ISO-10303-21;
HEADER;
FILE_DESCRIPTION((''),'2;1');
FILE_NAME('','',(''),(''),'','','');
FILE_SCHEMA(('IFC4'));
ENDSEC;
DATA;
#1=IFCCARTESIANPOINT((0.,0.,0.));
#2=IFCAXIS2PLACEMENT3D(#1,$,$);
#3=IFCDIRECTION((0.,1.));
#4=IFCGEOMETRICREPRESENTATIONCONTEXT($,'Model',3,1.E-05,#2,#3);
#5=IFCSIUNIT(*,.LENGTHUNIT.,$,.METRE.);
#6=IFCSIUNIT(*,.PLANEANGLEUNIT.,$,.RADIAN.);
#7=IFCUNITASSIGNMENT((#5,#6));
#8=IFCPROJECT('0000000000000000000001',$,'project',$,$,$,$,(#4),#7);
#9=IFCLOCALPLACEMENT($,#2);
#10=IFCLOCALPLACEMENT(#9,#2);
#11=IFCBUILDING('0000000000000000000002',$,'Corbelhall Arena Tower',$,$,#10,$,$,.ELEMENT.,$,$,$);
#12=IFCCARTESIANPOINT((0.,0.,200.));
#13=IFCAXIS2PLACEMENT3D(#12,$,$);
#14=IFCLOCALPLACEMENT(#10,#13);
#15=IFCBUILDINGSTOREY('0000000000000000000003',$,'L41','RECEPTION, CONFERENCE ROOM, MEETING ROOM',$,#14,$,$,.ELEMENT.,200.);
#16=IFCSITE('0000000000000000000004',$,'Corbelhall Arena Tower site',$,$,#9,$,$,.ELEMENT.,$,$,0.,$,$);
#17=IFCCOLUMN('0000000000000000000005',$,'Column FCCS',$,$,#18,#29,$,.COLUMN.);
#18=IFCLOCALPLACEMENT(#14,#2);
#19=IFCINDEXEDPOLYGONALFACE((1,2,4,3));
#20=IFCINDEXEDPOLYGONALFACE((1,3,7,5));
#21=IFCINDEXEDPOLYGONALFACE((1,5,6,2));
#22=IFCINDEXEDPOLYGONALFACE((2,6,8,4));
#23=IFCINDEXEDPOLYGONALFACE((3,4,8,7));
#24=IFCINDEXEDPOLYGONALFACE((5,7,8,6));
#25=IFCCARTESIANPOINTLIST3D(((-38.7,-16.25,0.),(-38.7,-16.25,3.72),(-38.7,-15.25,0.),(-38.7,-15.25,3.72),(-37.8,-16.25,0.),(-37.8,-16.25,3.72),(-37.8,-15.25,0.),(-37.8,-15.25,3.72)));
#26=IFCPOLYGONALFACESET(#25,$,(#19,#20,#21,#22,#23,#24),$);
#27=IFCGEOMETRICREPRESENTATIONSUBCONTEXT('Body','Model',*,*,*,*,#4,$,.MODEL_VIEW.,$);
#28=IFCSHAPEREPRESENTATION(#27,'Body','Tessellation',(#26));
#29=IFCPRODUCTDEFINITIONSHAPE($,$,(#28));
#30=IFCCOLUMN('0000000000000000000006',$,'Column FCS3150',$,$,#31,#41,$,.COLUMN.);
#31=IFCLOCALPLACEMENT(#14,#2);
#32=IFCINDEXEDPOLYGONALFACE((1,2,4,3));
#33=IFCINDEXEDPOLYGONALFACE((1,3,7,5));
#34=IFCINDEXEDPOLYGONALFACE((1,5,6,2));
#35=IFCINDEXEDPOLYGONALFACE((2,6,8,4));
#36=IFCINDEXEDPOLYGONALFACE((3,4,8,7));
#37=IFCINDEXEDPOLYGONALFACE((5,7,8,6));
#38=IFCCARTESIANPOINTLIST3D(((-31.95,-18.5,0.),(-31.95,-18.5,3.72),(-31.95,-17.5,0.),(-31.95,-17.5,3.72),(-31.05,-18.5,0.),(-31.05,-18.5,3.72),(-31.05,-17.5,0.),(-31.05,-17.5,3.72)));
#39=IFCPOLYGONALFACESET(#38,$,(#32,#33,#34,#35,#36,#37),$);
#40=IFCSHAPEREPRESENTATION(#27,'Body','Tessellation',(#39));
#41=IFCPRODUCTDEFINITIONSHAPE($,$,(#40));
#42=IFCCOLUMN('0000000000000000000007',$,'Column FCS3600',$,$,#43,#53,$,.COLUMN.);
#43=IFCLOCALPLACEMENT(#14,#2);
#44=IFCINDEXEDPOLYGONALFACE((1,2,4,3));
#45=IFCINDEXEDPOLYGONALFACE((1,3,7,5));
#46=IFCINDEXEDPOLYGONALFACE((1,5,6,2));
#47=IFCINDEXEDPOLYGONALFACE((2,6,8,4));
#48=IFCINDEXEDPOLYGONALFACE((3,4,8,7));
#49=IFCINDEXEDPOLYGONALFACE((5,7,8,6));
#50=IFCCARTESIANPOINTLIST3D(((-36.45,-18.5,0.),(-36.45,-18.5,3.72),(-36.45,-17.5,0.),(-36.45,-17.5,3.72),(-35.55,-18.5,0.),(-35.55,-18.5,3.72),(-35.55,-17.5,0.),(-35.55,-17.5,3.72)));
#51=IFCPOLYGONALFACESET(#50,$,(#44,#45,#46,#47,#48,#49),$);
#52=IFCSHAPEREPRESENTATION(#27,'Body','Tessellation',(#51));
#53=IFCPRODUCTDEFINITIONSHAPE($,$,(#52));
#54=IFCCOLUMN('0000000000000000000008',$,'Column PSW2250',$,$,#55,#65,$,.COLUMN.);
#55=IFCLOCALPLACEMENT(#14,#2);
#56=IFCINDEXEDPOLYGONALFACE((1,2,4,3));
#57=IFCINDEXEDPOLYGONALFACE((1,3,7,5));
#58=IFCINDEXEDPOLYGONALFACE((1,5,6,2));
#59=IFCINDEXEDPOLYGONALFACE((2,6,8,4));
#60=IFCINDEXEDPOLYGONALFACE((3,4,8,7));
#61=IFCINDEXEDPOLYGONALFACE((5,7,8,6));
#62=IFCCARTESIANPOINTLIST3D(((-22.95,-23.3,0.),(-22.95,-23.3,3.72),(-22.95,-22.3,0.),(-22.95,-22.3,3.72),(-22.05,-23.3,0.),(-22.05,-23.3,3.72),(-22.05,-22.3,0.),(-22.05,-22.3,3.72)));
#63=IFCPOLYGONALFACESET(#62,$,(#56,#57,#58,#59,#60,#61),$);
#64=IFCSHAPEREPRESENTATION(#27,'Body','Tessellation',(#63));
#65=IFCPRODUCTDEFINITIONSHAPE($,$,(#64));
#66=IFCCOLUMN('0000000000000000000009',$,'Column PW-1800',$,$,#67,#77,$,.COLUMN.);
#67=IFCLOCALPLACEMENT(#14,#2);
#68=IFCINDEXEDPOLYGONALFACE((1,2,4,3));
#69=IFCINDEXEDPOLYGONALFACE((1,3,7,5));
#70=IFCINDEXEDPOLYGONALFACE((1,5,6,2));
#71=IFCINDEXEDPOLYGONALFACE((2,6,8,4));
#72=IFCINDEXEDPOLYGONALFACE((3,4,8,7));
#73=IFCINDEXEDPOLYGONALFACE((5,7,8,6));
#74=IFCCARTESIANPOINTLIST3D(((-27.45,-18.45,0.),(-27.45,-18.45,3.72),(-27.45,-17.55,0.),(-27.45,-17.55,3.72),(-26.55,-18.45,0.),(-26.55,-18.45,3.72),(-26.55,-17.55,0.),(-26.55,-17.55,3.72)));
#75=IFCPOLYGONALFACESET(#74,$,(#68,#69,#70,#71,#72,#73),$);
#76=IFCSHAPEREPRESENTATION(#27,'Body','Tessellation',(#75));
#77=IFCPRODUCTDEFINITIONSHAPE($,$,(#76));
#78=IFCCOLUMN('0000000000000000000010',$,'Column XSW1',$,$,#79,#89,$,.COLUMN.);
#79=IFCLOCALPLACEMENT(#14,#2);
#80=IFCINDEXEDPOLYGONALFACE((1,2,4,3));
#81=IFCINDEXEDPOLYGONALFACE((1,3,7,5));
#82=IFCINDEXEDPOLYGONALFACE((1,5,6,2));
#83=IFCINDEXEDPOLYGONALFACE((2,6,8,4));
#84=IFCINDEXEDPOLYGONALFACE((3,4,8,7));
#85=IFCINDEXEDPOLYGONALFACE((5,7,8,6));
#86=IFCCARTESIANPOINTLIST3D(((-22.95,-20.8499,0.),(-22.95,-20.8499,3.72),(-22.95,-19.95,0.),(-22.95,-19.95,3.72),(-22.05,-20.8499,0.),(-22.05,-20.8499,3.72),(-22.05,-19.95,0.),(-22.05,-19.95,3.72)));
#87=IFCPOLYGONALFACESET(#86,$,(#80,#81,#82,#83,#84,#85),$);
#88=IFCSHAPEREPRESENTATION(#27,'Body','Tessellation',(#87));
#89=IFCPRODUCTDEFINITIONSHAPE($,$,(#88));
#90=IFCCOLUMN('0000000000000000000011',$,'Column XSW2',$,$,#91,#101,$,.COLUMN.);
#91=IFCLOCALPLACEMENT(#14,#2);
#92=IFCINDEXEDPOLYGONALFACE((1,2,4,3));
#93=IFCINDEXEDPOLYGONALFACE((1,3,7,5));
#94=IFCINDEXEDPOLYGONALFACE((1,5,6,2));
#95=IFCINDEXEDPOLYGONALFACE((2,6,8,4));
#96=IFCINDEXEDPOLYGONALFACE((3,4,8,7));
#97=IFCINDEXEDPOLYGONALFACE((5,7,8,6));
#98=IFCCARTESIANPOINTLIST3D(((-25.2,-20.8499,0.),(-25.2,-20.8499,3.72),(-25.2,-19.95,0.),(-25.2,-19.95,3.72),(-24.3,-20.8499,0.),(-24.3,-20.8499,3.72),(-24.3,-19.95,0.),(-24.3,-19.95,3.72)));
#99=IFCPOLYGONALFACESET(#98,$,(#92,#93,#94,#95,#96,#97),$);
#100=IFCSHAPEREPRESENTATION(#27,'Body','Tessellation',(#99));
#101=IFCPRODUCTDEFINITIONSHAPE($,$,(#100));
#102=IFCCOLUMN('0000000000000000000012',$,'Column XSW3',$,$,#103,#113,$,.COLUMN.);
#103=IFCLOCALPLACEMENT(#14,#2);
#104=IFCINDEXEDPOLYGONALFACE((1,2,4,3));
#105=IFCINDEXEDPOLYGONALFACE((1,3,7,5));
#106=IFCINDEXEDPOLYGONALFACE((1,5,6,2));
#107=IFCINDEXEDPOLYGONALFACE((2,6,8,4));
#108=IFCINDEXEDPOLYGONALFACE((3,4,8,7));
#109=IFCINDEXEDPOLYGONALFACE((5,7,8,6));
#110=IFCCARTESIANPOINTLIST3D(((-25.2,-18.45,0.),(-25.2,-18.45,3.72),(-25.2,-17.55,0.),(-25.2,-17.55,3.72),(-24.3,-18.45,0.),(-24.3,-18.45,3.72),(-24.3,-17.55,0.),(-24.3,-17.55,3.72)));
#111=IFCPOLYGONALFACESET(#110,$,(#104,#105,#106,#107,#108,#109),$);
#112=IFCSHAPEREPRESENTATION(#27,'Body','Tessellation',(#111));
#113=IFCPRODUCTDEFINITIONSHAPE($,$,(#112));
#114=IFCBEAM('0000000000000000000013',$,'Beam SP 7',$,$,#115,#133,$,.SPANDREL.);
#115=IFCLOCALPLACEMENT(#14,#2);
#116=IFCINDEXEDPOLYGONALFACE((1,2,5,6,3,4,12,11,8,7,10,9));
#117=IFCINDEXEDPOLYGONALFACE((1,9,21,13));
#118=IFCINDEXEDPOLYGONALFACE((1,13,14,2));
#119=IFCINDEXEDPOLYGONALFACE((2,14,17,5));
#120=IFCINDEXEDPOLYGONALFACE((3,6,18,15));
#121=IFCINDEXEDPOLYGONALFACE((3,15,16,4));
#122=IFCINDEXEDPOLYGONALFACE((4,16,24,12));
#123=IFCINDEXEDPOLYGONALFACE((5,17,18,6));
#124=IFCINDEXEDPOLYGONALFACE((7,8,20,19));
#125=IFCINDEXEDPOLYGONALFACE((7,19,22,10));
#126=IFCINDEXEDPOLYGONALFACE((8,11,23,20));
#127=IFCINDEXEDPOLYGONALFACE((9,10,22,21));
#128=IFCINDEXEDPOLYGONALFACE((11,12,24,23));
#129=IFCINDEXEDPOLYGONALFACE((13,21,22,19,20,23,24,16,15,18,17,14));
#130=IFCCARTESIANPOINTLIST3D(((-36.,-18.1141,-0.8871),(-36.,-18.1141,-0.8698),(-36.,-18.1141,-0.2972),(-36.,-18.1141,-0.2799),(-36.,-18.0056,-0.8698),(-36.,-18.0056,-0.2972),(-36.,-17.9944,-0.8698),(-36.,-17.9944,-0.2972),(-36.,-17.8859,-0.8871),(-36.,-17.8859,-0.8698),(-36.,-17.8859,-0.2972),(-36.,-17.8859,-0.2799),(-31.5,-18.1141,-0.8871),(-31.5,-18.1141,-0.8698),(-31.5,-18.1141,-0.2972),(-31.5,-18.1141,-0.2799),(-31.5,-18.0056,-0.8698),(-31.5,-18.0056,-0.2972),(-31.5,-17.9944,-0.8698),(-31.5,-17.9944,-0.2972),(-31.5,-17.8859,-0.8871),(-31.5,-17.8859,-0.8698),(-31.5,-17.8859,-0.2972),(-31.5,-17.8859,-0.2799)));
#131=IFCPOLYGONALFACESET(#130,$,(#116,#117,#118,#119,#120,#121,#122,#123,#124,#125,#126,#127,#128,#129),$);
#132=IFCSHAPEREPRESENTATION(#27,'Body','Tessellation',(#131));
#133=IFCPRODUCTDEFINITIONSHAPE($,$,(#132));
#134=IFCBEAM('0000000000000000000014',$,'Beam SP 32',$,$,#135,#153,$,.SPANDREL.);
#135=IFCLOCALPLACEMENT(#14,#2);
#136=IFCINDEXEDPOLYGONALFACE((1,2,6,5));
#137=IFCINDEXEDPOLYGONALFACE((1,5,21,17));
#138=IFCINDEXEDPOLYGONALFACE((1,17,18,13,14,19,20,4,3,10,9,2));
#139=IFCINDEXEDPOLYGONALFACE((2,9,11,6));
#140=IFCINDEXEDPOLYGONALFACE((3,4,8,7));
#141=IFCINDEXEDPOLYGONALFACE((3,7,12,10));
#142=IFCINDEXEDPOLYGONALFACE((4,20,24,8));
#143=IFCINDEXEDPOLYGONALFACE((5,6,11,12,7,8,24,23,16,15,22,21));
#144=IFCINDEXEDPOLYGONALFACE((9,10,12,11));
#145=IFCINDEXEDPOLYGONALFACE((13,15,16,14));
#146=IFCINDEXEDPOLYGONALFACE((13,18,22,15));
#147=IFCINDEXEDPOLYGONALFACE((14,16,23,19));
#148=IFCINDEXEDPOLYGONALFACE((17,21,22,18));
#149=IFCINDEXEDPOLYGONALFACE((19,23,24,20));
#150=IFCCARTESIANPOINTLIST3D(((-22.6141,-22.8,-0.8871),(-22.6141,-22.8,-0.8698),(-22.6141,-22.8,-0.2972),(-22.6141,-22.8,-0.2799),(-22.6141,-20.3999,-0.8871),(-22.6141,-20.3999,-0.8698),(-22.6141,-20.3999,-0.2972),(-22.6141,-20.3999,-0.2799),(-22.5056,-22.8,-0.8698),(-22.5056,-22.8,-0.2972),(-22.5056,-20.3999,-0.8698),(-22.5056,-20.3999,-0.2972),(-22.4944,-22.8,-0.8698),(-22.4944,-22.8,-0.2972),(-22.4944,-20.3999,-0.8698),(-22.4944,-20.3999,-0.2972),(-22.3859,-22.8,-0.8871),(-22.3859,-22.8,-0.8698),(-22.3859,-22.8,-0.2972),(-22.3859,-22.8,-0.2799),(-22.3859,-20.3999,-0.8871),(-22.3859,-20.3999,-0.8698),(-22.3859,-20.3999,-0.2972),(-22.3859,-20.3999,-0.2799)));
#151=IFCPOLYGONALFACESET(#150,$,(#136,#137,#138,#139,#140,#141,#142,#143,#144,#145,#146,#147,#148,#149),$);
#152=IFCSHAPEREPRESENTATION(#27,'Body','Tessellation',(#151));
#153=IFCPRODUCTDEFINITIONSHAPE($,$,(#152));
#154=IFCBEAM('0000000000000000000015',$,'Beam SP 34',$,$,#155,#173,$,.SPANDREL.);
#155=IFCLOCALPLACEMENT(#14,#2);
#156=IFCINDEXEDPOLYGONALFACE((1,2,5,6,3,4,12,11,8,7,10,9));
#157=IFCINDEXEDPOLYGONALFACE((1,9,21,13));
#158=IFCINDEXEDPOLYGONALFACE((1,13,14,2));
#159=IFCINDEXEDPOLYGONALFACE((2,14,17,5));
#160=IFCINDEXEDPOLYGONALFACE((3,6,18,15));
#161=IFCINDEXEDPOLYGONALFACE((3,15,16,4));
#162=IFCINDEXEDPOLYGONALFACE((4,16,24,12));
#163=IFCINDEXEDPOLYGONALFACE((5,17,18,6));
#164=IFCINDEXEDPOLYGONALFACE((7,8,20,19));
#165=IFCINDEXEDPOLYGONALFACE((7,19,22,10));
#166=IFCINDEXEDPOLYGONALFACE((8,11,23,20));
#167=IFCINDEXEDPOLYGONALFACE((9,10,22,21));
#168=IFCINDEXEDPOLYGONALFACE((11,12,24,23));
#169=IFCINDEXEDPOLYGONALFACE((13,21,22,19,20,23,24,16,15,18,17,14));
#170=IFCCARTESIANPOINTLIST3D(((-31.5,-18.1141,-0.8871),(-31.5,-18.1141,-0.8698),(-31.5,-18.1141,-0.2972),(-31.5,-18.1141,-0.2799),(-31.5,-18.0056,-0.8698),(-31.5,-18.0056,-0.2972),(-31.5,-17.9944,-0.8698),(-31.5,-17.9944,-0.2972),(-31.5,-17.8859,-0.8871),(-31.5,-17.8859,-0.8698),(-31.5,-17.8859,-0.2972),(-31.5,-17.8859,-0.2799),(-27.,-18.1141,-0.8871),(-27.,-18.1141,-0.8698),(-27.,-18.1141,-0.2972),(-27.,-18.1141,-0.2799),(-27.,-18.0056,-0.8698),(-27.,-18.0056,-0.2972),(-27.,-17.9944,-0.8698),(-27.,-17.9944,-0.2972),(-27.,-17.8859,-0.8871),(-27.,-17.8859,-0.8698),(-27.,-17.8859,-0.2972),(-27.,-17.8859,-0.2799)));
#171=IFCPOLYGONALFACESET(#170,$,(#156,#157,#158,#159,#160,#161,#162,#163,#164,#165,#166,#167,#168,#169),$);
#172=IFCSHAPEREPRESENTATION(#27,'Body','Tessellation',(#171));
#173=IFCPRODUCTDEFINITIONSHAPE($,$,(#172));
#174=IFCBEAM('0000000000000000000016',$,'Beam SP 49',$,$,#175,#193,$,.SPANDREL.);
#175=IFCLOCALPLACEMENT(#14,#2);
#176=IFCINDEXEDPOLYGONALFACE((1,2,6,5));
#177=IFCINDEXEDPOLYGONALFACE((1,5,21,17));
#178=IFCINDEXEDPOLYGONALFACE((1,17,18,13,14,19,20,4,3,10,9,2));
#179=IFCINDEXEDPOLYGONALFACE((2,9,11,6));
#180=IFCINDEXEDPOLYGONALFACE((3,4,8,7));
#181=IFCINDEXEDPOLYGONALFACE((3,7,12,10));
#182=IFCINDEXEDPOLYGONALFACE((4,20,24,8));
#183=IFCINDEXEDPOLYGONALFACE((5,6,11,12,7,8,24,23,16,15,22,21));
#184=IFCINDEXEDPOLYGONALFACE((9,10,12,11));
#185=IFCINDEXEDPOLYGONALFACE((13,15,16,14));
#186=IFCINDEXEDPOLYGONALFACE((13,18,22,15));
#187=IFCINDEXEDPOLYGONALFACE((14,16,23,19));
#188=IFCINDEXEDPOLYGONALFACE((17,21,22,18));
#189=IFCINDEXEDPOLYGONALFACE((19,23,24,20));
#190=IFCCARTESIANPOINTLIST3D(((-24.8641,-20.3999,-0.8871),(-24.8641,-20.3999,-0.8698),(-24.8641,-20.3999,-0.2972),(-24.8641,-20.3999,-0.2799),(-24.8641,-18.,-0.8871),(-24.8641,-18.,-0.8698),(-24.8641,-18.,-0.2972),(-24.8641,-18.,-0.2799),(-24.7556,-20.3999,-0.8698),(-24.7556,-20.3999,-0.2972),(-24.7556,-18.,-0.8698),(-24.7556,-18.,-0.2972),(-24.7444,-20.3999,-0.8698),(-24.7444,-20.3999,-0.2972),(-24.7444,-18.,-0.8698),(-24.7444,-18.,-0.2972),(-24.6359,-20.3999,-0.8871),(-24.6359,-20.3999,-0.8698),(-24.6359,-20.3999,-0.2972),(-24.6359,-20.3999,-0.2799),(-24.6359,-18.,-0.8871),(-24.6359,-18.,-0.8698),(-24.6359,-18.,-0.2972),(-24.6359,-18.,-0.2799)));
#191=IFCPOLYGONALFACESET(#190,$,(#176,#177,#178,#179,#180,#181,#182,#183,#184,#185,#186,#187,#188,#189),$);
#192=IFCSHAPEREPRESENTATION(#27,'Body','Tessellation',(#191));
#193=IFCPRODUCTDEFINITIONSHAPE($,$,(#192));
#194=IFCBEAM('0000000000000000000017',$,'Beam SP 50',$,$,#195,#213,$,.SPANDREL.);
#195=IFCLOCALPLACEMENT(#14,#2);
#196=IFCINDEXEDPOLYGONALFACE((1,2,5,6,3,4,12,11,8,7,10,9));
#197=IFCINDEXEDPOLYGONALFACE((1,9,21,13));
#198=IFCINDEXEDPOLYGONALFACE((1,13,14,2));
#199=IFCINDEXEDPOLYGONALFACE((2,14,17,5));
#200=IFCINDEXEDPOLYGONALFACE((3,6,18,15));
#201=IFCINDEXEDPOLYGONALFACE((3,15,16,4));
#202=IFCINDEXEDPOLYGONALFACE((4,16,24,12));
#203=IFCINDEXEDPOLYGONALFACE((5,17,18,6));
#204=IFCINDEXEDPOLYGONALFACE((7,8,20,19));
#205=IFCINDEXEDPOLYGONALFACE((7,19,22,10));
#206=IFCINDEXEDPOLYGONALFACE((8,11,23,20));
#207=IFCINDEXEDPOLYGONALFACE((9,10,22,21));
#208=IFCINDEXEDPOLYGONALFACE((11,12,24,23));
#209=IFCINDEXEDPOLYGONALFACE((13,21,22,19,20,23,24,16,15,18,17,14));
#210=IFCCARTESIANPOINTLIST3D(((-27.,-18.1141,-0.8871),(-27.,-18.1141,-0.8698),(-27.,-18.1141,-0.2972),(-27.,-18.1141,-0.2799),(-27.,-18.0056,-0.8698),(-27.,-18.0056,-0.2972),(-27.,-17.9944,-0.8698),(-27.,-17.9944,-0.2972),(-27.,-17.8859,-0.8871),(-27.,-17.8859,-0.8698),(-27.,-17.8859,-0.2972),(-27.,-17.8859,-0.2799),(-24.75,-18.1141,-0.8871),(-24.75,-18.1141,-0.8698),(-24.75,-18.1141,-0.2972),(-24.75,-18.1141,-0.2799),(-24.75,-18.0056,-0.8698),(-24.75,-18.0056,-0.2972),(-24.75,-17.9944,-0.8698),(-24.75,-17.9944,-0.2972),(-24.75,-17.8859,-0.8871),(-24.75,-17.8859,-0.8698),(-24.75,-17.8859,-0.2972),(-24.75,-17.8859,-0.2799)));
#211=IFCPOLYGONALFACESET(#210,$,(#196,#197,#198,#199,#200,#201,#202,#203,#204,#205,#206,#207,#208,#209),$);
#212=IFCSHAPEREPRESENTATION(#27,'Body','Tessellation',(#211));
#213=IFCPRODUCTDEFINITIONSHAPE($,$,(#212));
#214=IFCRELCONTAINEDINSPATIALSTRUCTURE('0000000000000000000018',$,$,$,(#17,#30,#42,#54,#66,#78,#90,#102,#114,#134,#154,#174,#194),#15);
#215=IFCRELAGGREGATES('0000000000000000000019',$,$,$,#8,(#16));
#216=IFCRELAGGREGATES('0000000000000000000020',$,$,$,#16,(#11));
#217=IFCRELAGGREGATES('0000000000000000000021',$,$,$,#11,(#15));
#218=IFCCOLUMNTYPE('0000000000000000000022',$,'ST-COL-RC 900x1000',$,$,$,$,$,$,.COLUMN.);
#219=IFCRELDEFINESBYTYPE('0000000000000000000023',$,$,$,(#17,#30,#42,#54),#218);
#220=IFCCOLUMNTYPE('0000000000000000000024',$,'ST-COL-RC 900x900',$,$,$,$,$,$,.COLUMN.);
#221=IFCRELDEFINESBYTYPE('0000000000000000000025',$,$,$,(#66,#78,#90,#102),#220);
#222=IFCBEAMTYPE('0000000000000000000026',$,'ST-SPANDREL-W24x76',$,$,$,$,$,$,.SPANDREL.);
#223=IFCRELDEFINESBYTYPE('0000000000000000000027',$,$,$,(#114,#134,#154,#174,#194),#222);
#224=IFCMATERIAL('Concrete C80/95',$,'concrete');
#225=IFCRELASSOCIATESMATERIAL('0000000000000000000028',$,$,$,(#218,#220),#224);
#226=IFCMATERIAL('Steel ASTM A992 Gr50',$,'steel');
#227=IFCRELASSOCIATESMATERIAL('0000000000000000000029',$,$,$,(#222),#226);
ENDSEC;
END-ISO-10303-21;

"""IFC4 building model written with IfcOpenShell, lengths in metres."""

from ifc_helpers import new_model, si_unit, direction, frame, origin, origin_2d, place, context, subcontext, project, spatial, rectangle, i_section, extrude, material, material_profile, profile_set, type_object, element, save


model = new_model("IFC4")

# Units and contexts
model_context = context("Model", 3, precision=1e-05, world=origin(), true_north=direction((0.0, 1.0)))
body_context = subcontext(model_context, "Body", "Model", "MODEL_VIEW")
ifc_project = project(units=[si_unit("LENGTHUNIT", "METRE"), si_unit("PLANEANGLEUNIT", "RADIAN")], contexts=[model_context])

# Site, building, storey
site_placement = place(None, origin())
site = spatial("IfcSite", under=ifc_project, at=site_placement, Name="Corbelhall Arena Tower site", CompositionType="ELEMENT", RefElevation=0.0)
building_placement = place(site_placement, origin())
building = spatial("IfcBuilding", under=site, at=building_placement, Name="Corbelhall Arena Tower", CompositionType="ELEMENT")
storey_placement = place(building_placement, frame((0.0, 0.0, 200.0)))
storey = spatial("IfcBuildingStorey", under=building, at=storey_placement, Name="L41", Description="RECEPTION, CONFERENCE ROOM, MEETING ROOM", CompositionType="ELEMENT", Elevation=200.0)

# Columns
ifc_material_1 = material(Name="Concrete C80/95", Category="concrete")
ifc_material_profile_1 = material_profile(ifc_material_1, rectangle(XDim=0.8999, YDim=1.0, at=origin_2d()))
ifc_profile_set_1 = profile_set([ifc_material_profile_1], Name="Concrete C80/95")
column_type_1 = type_object("IfcColumnType", Name="ST-COL-RC 900x1000", PredefinedType="COLUMN", material=ifc_profile_set_1)
for number, where, z_axis, x_axis, name in (
    (1, (-38.25, -15.75, 0.0), (0.0, 0.0, 1.0), (1.0, 0.0, 0.0), "Column FCCS"),
    (2, (-31.5, -18.0, 0.0), (0.0, 0.0, 1.0), (1.0, 0.0, 0.0), "Column FCS3150"),
    (3, (-36.0, -18.0, 0.0), (0.0, 0.0, 1.0), (1.0, 0.0, 0.0), "Column FCS3600"),
    (4, (-22.5, -22.8, 0.0), (0.0, 0.0, 1.0), (1.0, 0.0, 0.0), "Column PSW2250"),
):
    element("IfcColumn", number, at=place(storey_placement, frame(where, z_axis=z_axis, x_axis=x_axis)), inside=storey, type_object=column_type_1, Name=name, PredefinedType="COLUMN", context=body_context, shape_type="SweptSolid", body=[
        extrude(rectangle(XDim=0.8999, YDim=1.0, at=origin_2d()), origin(), (0.0, 0.0, 1.0), 3.72),
    ])
ifc_material_profile_2 = material_profile(ifc_material_1, rectangle(XDim=0.8999, YDim=0.8999, at=origin_2d()))
ifc_profile_set_2 = profile_set([ifc_material_profile_2], Name="Concrete C80/95")
column_type_2 = type_object("IfcColumnType", Name="ST-COL-RC 900x900", PredefinedType="COLUMN", material=ifc_profile_set_2)
for number, where, z_axis, x_axis, name in (
    (5, (-27.0, -18.0, 0.0), (0.0, 0.0, 1.0), (1.0, 0.0, 0.0), "Column PW-1800"),
    (6, (-22.5, -20.3999, 0.0), (0.0, 0.0, 1.0), (1.0, 0.0, 0.0), "Column XSW1"),
    (7, (-24.75, -20.3999, 0.0), (0.0, 0.0, 1.0), (1.0, 0.0, 0.0), "Column XSW2"),
    (8, (-24.75, -18.0, 0.0), (0.0, 0.0, 1.0), (1.0, 0.0, 0.0), "Column XSW3"),
):
    element("IfcColumn", number, at=place(storey_placement, frame(where, z_axis=z_axis, x_axis=x_axis)), inside=storey, type_object=column_type_2, Name=name, PredefinedType="COLUMN", context=body_context, shape_type="SweptSolid", body=[
        extrude(rectangle(XDim=0.8999, YDim=0.8999, at=origin_2d()), origin(), (0.0, 0.0, 1.0), 3.72),
    ])

# Beams
ifc_material_2 = material(Name="Steel ASTM A992 Gr50", Category="steel")
ifc_material_profile_3 = material_profile(ifc_material_2, i_section(OverallWidth=0.2283, OverallDepth=0.6072, WebThickness=0.0112, FlangeThickness=0.0173, at=origin_2d()))
ifc_profile_set_3 = profile_set([ifc_material_profile_3], Name="Steel ASTM A992 Gr50")
beam_type = type_object("IfcBeamType", Name="ST-SPANDREL-W24x76", PredefinedType="SPANDREL", material=ifc_profile_set_3)
beam_1_placement = place(storey_placement, frame((-31.5, -18.0, -0.5835), z_axis=(-1.0, 0.0, 0.0), x_axis=(0.0, -1.0, 0.0)))
element("IfcBeam", 9, at=beam_1_placement, inside=storey, type_object=beam_type, Name="Beam SP 7", PredefinedType="SPANDREL", context=body_context, shape_type="SweptSolid", body=[
    extrude(i_section(OverallWidth=0.2283, OverallDepth=0.6072, WebThickness=0.0112, FlangeThickness=0.0173, at=origin_2d()), origin(), (0.0, 0.0, 1.0), 4.5),
])
beam_2_placement = place(storey_placement, frame((-22.5, -22.8, -0.5835), z_axis=(0.0, 1.0, 0.0), x_axis=(-1.0, 0.0, 0.0)))
element("IfcBeam", 10, at=beam_2_placement, inside=storey, type_object=beam_type, Name="Beam SP 32", PredefinedType="SPANDREL", context=body_context, shape_type="SweptSolid", body=[
    extrude(i_section(OverallWidth=0.2283, OverallDepth=0.6072, WebThickness=0.0112, FlangeThickness=0.0173, at=origin_2d()), origin(), (0.0, 0.0, 1.0), 2.4001),
])
beam_3_placement = place(storey_placement, frame((-27.0, -18.0, -0.5835), z_axis=(-1.0, 0.0, 0.0), x_axis=(0.0, -1.0, 0.0)))
element("IfcBeam", 11, at=beam_3_placement, inside=storey, type_object=beam_type, Name="Beam SP 34", PredefinedType="SPANDREL", context=body_context, shape_type="SweptSolid", body=[
    extrude(i_section(OverallWidth=0.2283, OverallDepth=0.6072, WebThickness=0.0112, FlangeThickness=0.0173, at=origin_2d()), origin(), (0.0, 0.0, 1.0), 4.5),
])
beam_4_placement = place(storey_placement, frame((-24.75, -20.3999, -0.5835), z_axis=(0.0, 1.0, 0.0), x_axis=(-1.0, 0.0, 0.0)))
element("IfcBeam", 12, at=beam_4_placement, inside=storey, type_object=beam_type, Name="Beam SP 49", PredefinedType="SPANDREL", context=body_context, shape_type="SweptSolid", body=[
    extrude(i_section(OverallWidth=0.2283, OverallDepth=0.6072, WebThickness=0.0112, FlangeThickness=0.0173, at=origin_2d()), origin(), (0.0, 0.0, 1.0), 2.3999),
])
beam_5_placement = place(storey_placement, frame((-24.75, -18.0, -0.5835), z_axis=(-1.0, 0.0, 0.0), x_axis=(0.0, -1.0, 0.0)))
element("IfcBeam", 13, at=beam_5_placement, inside=storey, type_object=beam_type, Name="Beam SP 50", PredefinedType="SPANDREL", context=body_context, shape_type="SweptSolid", body=[
    extrude(i_section(OverallWidth=0.2283, OverallDepth=0.6072, WebThickness=0.0112, FlangeThickness=0.0173, at=origin_2d()), origin(), (0.0, 0.0, 1.0), 2.25),
])

save(model, "model.ifc")
